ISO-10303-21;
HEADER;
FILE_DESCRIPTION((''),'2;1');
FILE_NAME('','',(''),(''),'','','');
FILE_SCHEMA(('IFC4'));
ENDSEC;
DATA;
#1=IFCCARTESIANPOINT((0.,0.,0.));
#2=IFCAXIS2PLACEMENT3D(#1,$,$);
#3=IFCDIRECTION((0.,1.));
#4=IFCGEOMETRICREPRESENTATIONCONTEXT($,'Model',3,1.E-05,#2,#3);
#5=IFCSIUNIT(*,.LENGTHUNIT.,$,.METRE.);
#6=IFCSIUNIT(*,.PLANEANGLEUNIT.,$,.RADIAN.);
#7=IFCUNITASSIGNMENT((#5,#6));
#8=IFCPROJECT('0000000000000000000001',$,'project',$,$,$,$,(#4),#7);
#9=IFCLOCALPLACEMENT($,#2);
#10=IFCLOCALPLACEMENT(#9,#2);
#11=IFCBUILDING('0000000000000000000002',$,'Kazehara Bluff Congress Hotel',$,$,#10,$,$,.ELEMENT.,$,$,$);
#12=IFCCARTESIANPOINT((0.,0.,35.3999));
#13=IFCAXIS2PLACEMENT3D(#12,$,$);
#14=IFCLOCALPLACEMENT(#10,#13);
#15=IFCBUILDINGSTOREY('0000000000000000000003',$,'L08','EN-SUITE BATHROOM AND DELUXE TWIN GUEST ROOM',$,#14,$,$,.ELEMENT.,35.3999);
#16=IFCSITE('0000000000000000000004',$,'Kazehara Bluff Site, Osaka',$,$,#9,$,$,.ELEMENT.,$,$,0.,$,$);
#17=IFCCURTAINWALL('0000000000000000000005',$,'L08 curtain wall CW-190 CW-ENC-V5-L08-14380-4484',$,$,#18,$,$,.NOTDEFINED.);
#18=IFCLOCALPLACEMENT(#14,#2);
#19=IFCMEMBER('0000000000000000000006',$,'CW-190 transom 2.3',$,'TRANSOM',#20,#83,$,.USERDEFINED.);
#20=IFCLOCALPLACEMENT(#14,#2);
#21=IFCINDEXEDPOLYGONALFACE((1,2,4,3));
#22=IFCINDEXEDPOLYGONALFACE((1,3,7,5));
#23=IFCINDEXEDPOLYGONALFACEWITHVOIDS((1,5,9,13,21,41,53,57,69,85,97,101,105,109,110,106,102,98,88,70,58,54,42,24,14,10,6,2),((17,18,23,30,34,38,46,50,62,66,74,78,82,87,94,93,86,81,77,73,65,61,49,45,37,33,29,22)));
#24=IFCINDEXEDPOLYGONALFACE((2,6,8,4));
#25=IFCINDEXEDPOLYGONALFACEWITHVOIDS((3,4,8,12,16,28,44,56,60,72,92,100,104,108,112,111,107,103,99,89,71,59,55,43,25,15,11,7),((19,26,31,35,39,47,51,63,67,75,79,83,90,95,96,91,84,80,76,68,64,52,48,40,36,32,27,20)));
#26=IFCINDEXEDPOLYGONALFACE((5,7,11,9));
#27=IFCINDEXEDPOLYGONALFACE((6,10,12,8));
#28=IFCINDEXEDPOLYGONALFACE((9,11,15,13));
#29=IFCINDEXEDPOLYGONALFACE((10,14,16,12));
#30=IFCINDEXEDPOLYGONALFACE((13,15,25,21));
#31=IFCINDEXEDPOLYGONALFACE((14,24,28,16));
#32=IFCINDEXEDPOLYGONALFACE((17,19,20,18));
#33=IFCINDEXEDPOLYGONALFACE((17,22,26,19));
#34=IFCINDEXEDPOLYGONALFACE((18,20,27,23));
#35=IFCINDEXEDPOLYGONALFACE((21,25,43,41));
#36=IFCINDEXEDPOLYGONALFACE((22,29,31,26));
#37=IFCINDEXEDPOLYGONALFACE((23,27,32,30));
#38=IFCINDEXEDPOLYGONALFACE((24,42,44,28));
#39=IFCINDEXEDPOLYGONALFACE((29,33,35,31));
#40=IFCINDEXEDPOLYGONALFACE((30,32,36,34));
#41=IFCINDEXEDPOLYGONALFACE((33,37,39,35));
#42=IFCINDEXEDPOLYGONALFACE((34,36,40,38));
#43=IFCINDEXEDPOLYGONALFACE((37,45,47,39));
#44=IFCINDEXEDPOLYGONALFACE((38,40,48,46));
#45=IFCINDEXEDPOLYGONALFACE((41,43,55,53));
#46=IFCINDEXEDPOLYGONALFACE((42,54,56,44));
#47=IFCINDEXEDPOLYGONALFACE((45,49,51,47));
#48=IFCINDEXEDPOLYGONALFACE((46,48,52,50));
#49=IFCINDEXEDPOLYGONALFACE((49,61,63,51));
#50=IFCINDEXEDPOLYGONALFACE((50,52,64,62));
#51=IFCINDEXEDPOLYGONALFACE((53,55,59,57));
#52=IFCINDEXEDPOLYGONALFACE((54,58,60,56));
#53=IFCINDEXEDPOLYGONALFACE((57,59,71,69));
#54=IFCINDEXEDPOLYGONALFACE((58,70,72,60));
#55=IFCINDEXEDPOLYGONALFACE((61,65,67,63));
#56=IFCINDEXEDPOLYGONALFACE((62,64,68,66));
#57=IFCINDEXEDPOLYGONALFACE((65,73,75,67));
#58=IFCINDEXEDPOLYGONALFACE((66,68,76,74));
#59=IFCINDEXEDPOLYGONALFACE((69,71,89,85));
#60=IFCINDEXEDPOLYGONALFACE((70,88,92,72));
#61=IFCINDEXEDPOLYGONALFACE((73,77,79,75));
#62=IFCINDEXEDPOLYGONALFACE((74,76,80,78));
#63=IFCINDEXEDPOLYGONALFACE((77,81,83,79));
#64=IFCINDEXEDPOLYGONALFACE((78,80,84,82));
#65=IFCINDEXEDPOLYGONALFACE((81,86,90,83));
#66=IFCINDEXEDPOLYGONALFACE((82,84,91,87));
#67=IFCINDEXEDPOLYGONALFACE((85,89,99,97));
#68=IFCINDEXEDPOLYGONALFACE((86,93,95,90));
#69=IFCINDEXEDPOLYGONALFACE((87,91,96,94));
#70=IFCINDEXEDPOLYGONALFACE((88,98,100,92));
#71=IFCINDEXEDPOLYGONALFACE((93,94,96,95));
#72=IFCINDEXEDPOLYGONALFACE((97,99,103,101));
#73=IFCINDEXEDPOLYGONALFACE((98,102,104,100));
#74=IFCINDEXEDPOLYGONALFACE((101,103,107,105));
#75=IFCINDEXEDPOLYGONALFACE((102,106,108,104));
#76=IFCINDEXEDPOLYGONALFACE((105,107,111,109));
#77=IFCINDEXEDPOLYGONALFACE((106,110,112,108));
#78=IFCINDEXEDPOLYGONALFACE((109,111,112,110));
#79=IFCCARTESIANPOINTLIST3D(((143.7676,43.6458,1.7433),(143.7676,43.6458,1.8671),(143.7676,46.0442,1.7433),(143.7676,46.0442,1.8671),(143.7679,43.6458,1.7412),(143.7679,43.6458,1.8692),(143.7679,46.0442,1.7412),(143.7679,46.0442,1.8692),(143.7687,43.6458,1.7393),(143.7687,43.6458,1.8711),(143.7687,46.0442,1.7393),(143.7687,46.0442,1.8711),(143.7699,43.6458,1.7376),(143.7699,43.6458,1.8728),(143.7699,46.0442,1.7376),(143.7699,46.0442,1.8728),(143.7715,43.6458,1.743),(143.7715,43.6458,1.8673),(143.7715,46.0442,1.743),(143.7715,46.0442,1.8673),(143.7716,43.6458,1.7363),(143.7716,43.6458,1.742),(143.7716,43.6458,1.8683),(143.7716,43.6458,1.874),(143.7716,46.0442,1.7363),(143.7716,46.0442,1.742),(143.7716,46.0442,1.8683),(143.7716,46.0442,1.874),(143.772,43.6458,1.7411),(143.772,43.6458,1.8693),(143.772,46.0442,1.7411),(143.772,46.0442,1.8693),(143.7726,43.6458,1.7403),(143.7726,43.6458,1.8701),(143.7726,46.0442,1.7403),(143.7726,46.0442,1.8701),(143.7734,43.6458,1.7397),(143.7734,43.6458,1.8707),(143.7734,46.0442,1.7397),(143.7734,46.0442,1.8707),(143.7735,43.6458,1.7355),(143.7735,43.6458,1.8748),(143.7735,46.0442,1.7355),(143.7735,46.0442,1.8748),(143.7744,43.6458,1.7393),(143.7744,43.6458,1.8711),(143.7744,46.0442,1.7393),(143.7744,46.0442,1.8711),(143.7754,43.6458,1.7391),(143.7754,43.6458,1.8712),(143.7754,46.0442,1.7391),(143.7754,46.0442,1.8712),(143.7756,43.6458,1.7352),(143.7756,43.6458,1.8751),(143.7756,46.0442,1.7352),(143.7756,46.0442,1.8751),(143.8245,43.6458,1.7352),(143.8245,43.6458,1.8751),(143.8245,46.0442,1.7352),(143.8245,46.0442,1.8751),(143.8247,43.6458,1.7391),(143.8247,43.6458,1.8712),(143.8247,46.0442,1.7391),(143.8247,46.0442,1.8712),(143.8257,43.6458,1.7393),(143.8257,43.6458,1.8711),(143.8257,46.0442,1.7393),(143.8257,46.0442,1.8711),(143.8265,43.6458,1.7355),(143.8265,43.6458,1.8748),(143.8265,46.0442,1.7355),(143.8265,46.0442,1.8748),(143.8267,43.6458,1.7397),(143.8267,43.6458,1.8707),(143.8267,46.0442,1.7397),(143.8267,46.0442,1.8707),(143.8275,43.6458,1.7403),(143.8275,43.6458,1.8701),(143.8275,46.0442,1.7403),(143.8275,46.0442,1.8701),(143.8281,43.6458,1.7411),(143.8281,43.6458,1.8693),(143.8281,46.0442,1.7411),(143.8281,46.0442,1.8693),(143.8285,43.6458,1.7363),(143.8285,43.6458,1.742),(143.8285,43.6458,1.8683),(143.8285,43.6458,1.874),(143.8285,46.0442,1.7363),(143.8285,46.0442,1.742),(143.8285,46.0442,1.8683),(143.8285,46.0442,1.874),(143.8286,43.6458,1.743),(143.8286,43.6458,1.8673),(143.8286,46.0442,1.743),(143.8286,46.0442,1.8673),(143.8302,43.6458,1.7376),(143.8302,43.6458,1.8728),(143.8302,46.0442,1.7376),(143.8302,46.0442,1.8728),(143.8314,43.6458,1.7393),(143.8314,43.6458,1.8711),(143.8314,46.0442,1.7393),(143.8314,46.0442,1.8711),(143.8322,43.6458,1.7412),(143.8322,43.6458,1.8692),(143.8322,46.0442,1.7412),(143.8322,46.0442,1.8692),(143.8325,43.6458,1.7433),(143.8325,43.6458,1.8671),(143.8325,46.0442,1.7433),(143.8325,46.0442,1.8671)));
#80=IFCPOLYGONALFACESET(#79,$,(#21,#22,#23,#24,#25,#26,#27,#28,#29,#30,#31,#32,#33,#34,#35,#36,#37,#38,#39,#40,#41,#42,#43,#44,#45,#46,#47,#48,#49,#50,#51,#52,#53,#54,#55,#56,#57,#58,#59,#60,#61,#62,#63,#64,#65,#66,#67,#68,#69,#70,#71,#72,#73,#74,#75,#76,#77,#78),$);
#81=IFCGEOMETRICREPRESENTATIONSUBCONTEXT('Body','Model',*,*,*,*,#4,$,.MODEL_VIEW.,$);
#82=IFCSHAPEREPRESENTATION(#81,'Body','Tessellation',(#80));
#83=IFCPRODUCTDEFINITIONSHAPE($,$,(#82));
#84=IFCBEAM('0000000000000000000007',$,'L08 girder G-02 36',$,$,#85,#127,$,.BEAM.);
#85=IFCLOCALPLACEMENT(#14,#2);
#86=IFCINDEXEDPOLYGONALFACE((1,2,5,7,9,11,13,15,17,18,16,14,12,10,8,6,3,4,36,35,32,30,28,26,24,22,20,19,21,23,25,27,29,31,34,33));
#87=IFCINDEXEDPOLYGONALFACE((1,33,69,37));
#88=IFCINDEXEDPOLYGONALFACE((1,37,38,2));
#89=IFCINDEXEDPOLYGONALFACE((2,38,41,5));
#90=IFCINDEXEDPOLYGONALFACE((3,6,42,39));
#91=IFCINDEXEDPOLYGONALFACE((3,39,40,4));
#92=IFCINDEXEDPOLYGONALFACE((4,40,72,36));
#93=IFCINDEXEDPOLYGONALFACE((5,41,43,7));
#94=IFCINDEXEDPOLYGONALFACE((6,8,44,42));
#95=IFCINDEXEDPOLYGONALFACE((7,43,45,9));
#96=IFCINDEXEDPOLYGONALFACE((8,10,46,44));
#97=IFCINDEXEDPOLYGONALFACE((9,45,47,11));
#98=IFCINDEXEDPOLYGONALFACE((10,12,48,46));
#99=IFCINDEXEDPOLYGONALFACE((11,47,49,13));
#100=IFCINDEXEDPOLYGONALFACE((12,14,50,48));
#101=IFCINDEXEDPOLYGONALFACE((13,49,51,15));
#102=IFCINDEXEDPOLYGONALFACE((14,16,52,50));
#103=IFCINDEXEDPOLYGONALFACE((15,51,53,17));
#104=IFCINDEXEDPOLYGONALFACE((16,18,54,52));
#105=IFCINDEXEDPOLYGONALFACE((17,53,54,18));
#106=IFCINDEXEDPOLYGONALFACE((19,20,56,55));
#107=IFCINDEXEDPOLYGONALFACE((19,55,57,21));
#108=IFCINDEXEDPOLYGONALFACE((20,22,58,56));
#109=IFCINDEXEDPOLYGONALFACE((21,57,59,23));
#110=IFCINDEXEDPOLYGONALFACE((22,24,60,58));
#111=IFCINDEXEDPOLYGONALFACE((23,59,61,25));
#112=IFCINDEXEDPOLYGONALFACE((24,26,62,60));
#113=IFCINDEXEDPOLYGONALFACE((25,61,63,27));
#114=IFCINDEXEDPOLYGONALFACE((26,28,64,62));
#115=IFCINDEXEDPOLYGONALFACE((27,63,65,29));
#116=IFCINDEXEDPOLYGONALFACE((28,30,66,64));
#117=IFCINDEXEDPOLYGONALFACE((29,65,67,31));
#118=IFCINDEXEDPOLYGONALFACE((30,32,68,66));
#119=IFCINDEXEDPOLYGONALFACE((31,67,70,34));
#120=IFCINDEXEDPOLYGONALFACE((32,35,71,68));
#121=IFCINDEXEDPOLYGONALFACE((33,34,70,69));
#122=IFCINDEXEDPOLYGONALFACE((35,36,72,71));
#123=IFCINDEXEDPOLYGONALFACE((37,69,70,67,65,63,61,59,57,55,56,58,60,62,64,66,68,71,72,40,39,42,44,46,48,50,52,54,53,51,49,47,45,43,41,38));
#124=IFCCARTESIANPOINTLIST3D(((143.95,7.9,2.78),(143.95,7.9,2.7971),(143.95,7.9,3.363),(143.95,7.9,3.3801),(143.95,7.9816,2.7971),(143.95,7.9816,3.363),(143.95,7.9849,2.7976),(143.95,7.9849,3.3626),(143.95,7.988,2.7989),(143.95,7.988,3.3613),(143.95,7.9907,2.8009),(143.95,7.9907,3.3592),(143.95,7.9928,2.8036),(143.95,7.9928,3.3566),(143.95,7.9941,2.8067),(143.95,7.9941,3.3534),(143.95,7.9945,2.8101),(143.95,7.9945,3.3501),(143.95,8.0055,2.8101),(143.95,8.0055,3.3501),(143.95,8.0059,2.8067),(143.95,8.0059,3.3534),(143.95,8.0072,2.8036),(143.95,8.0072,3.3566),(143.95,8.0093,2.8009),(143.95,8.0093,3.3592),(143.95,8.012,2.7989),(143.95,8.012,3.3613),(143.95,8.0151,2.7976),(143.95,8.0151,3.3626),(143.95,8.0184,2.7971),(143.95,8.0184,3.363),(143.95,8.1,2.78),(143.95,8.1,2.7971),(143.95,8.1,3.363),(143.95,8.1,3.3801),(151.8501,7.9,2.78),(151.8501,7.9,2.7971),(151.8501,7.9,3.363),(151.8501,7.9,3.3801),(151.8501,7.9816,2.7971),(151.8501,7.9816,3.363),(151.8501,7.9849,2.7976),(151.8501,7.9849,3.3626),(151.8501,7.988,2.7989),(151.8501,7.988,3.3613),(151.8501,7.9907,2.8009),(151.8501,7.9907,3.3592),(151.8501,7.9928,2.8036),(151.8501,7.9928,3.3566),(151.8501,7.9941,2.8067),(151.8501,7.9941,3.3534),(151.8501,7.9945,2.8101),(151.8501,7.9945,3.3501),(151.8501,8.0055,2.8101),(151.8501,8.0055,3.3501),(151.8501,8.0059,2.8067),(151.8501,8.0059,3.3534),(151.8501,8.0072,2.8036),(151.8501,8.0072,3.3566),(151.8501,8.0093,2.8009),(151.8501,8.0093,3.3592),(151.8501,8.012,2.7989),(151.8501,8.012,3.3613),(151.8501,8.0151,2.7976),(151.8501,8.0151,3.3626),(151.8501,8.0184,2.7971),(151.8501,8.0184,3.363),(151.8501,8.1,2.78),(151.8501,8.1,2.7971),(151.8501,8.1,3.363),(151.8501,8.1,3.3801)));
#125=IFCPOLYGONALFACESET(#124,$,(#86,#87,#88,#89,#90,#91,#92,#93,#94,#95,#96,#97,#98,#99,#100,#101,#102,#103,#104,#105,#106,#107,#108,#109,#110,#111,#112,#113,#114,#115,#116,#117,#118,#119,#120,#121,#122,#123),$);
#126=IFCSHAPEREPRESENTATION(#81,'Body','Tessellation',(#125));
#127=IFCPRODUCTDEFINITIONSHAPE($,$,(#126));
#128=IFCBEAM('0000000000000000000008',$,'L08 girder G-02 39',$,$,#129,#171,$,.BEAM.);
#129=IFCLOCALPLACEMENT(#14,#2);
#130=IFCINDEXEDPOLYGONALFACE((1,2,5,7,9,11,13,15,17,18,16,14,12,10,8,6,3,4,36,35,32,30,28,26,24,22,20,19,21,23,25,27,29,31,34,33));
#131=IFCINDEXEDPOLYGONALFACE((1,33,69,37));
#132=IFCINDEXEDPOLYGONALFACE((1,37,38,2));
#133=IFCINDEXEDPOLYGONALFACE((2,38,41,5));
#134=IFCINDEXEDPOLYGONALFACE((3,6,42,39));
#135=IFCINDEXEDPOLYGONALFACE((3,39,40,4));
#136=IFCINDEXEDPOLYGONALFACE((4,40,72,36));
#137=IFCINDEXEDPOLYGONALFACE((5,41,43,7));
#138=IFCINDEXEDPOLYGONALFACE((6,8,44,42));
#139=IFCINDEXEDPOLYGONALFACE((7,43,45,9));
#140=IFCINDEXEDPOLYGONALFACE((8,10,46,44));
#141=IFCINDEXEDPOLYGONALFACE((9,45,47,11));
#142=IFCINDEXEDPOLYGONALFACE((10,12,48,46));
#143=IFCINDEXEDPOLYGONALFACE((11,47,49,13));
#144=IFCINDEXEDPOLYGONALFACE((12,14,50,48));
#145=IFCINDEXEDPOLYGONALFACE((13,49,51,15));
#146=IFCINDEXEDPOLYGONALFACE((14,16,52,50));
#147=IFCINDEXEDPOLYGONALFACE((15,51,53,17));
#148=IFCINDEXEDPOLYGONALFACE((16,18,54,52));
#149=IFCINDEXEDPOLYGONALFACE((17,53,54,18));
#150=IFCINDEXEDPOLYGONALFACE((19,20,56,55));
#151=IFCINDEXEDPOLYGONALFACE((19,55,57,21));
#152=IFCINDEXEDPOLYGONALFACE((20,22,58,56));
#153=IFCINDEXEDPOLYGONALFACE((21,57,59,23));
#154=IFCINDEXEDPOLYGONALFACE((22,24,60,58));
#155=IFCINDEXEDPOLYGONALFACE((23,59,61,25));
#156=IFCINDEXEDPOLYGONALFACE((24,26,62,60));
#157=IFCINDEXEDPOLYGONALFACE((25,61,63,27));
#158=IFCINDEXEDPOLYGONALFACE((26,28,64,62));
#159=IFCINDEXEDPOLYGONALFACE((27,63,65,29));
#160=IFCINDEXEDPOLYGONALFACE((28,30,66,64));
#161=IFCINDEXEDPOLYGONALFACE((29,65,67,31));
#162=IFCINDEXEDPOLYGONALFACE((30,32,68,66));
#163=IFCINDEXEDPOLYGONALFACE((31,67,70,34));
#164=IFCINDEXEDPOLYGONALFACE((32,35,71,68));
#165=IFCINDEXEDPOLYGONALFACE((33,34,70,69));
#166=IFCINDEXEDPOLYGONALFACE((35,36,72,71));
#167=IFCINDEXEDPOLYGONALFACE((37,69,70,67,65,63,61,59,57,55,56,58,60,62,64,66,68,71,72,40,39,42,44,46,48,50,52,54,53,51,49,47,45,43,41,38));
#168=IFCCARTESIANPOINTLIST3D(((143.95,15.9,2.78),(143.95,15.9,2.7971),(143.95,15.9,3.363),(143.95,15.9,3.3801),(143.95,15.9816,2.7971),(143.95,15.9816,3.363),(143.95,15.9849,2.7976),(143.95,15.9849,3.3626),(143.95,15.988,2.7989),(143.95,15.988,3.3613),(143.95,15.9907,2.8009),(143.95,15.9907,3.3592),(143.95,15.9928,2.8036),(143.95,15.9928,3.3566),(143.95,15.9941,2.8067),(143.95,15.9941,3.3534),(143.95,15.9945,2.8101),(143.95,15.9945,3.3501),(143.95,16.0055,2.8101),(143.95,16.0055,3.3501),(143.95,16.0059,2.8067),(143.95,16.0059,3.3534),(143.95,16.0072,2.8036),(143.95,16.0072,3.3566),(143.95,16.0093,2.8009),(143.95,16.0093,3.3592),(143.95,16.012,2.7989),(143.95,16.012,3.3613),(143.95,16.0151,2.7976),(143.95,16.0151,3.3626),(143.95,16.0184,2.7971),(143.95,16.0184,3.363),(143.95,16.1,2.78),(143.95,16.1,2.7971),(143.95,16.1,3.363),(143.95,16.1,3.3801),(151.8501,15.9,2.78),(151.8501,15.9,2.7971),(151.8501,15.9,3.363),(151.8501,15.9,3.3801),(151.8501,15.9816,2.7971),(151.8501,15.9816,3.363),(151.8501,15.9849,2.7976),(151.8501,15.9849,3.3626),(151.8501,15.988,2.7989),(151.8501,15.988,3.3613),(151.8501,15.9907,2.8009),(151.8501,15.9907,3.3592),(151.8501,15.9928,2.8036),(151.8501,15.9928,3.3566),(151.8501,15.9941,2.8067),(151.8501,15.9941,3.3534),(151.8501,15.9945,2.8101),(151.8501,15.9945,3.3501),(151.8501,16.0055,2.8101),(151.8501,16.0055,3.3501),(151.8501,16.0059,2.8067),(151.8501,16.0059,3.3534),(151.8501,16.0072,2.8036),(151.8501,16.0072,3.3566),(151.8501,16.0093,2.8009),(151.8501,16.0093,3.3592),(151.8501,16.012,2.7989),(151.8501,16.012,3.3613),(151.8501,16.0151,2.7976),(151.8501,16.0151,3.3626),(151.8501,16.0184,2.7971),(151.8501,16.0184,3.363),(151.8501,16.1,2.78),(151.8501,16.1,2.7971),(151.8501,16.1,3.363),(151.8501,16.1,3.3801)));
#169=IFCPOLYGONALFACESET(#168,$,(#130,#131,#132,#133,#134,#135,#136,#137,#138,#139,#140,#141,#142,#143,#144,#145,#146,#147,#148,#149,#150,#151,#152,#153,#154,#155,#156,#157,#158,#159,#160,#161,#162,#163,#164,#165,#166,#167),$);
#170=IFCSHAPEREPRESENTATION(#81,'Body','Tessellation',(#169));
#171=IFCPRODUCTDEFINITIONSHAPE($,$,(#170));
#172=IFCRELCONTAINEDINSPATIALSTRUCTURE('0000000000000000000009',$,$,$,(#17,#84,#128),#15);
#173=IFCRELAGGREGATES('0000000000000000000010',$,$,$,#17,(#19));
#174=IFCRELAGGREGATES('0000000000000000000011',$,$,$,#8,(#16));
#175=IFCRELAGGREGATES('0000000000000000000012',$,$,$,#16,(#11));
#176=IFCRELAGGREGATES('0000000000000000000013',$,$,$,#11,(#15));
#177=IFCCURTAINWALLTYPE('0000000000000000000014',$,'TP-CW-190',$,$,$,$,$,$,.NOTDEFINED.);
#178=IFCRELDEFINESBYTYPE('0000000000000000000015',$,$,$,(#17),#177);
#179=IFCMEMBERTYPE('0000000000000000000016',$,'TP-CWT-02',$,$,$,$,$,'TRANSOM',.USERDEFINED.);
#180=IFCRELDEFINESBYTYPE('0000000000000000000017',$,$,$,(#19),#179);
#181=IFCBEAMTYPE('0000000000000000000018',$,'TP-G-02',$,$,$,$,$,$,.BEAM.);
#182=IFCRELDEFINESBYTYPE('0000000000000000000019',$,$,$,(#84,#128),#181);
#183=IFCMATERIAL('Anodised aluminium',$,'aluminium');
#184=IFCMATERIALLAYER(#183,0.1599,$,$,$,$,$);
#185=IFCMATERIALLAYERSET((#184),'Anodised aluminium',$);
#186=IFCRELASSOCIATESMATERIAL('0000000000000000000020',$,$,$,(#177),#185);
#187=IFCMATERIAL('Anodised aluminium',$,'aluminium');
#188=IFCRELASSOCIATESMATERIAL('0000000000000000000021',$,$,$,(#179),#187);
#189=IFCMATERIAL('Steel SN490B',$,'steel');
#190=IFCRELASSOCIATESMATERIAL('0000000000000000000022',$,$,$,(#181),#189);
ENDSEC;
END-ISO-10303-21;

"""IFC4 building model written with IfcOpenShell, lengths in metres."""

from ifc_helpers import new_model, si_unit, direction, frame, origin, origin_2d, place, context, subcontext, project, spatial, hollow_rectangle, i_section, extrude, material, layer, layer_set, material_profile, profile_set, type_object, element, aggregate, save


model = new_model("IFC4")

# Units and contexts
model_context = context("Model", 3, precision=1e-05, world=origin(), true_north=direction((0.0, 1.0)))
body_context = subcontext(model_context, "Body", "Model", "MODEL_VIEW")
ifc_project = project(units=[si_unit("LENGTHUNIT", "METRE"), si_unit("PLANEANGLEUNIT", "RADIAN")], contexts=[model_context])

# Site, building, storey
site_placement = place(None, origin())
site = spatial("IfcSite", under=ifc_project, at=site_placement, Name="Kazehara Bluff Site, Osaka", CompositionType="ELEMENT", RefElevation=0.0)
building_placement = place(site_placement, origin())
building = spatial("IfcBuilding", under=site, at=building_placement, Name="Kazehara Bluff Congress Hotel", CompositionType="ELEMENT")
storey_placement = place(building_placement, frame((0.0, 0.0, 35.3999)))
storey = spatial("IfcBuildingStorey", under=building, at=storey_placement, Name="L08", Description="EN-SUITE BATHROOM AND DELUXE TWIN GUEST ROOM", CompositionType="ELEMENT", Elevation=35.3999)

# Curtain wall, member
ifc_material_1 = material(Name="Anodised aluminium", Category="aluminium")
ifc_layer_1 = layer(ifc_material_1, 0.1599)
ifc_layer_set_1 = layer_set([ifc_layer_1], Name="Anodised aluminium")
curtain_wall_type_1 = type_object("IfcCurtainWallType", Name="TP-CW-190", PredefinedType="NOTDEFINED", material=ifc_layer_set_1)
curtain_wall_1_placement = place(storey_placement, origin())
curtain_wall_1 = element("IfcCurtainWall", 1, at=curtain_wall_1_placement, inside=storey, type_object=curtain_wall_type_1, Name="L08 curtain wall CW-190 CW-ENC-V5-L08-14380-4484", PredefinedType="NOTDEFINED")
ifc_material_2 = material(Name="Anodised aluminium", Category="aluminium")
ifc_material_profile_1 = material_profile(ifc_material_2, hollow_rectangle(XDim=0.0649, YDim=0.1399, WallThickness=0.0039, InnerFilletRadius=0.0039, OuterFilletRadius=0.0081, at=origin_2d()))
ifc_profile_set_1 = profile_set([ifc_material_profile_1], Name="Anodised aluminium")
member_type_1 = type_object("IfcMemberType", Name="TP-CWT-02", ElementType="TRANSOM", PredefinedType="USERDEFINED", material=ifc_profile_set_1)
member_1_placement = place(storey_placement, frame((143.8, 43.6458, 1.8052), z_axis=(0.0, 1.0, 0.0), x_axis=(-1.0, 0.0, 0.0)))
member_1 = element("IfcMember", 2, at=member_1_placement, type_object=member_type_1, Name="CW-190 transom 2.3", ObjectType="TRANSOM", PredefinedType="USERDEFINED", context=body_context, shape_type="SweptSolid", body=[
    extrude(hollow_rectangle(XDim=0.0649, YDim=0.1399, WallThickness=0.0039, InnerFilletRadius=0.0039, OuterFilletRadius=0.0081, at=origin_2d()), origin(), (0.0, 0.0, 1.0), 2.3984),
])
aggregate(curtain_wall_1, [member_1])

# Beams
ifc_material_3 = material(Name="Steel SN490B", Category="steel")
ifc_material_profile_2 = material_profile(ifc_material_3, i_section(OverallWidth=0.2, OverallDepth=0.6001, WebThickness=0.011, FlangeThickness=0.0171, FilletRadius=0.0129, at=origin_2d()))
ifc_profile_set_2 = profile_set([ifc_material_profile_2], Name="Steel SN490B")
beam_type_1 = type_object("IfcBeamType", Name="TP-G-02", PredefinedType="BEAM", material=ifc_profile_set_2)
for number, where, z_axis, x_axis, name in (
    (3, (143.95, 8.0, 3.0801), (1.0, 0.0, 0.0), (0.0, 1.0, 0.0), "L08 girder G-02 36"),
    (4, (143.95, 16.0, 3.0801), (1.0, 0.0, 0.0), (0.0, 1.0, 0.0), "L08 girder G-02 39"),
):
    element("IfcBeam", number, at=place(storey_placement, frame(where, z_axis=z_axis, x_axis=x_axis)), inside=storey, type_object=beam_type_1, Name=name, PredefinedType="BEAM", context=body_context, shape_type="SweptSolid", body=[
        extrude(i_section(OverallWidth=0.2, OverallDepth=0.6001, WebThickness=0.011, FlangeThickness=0.0171, FilletRadius=0.0129, at=origin_2d()), origin(), (0.0, 0.0, 1.0), 7.9001),
    ])

save(model, "model.ifc")
